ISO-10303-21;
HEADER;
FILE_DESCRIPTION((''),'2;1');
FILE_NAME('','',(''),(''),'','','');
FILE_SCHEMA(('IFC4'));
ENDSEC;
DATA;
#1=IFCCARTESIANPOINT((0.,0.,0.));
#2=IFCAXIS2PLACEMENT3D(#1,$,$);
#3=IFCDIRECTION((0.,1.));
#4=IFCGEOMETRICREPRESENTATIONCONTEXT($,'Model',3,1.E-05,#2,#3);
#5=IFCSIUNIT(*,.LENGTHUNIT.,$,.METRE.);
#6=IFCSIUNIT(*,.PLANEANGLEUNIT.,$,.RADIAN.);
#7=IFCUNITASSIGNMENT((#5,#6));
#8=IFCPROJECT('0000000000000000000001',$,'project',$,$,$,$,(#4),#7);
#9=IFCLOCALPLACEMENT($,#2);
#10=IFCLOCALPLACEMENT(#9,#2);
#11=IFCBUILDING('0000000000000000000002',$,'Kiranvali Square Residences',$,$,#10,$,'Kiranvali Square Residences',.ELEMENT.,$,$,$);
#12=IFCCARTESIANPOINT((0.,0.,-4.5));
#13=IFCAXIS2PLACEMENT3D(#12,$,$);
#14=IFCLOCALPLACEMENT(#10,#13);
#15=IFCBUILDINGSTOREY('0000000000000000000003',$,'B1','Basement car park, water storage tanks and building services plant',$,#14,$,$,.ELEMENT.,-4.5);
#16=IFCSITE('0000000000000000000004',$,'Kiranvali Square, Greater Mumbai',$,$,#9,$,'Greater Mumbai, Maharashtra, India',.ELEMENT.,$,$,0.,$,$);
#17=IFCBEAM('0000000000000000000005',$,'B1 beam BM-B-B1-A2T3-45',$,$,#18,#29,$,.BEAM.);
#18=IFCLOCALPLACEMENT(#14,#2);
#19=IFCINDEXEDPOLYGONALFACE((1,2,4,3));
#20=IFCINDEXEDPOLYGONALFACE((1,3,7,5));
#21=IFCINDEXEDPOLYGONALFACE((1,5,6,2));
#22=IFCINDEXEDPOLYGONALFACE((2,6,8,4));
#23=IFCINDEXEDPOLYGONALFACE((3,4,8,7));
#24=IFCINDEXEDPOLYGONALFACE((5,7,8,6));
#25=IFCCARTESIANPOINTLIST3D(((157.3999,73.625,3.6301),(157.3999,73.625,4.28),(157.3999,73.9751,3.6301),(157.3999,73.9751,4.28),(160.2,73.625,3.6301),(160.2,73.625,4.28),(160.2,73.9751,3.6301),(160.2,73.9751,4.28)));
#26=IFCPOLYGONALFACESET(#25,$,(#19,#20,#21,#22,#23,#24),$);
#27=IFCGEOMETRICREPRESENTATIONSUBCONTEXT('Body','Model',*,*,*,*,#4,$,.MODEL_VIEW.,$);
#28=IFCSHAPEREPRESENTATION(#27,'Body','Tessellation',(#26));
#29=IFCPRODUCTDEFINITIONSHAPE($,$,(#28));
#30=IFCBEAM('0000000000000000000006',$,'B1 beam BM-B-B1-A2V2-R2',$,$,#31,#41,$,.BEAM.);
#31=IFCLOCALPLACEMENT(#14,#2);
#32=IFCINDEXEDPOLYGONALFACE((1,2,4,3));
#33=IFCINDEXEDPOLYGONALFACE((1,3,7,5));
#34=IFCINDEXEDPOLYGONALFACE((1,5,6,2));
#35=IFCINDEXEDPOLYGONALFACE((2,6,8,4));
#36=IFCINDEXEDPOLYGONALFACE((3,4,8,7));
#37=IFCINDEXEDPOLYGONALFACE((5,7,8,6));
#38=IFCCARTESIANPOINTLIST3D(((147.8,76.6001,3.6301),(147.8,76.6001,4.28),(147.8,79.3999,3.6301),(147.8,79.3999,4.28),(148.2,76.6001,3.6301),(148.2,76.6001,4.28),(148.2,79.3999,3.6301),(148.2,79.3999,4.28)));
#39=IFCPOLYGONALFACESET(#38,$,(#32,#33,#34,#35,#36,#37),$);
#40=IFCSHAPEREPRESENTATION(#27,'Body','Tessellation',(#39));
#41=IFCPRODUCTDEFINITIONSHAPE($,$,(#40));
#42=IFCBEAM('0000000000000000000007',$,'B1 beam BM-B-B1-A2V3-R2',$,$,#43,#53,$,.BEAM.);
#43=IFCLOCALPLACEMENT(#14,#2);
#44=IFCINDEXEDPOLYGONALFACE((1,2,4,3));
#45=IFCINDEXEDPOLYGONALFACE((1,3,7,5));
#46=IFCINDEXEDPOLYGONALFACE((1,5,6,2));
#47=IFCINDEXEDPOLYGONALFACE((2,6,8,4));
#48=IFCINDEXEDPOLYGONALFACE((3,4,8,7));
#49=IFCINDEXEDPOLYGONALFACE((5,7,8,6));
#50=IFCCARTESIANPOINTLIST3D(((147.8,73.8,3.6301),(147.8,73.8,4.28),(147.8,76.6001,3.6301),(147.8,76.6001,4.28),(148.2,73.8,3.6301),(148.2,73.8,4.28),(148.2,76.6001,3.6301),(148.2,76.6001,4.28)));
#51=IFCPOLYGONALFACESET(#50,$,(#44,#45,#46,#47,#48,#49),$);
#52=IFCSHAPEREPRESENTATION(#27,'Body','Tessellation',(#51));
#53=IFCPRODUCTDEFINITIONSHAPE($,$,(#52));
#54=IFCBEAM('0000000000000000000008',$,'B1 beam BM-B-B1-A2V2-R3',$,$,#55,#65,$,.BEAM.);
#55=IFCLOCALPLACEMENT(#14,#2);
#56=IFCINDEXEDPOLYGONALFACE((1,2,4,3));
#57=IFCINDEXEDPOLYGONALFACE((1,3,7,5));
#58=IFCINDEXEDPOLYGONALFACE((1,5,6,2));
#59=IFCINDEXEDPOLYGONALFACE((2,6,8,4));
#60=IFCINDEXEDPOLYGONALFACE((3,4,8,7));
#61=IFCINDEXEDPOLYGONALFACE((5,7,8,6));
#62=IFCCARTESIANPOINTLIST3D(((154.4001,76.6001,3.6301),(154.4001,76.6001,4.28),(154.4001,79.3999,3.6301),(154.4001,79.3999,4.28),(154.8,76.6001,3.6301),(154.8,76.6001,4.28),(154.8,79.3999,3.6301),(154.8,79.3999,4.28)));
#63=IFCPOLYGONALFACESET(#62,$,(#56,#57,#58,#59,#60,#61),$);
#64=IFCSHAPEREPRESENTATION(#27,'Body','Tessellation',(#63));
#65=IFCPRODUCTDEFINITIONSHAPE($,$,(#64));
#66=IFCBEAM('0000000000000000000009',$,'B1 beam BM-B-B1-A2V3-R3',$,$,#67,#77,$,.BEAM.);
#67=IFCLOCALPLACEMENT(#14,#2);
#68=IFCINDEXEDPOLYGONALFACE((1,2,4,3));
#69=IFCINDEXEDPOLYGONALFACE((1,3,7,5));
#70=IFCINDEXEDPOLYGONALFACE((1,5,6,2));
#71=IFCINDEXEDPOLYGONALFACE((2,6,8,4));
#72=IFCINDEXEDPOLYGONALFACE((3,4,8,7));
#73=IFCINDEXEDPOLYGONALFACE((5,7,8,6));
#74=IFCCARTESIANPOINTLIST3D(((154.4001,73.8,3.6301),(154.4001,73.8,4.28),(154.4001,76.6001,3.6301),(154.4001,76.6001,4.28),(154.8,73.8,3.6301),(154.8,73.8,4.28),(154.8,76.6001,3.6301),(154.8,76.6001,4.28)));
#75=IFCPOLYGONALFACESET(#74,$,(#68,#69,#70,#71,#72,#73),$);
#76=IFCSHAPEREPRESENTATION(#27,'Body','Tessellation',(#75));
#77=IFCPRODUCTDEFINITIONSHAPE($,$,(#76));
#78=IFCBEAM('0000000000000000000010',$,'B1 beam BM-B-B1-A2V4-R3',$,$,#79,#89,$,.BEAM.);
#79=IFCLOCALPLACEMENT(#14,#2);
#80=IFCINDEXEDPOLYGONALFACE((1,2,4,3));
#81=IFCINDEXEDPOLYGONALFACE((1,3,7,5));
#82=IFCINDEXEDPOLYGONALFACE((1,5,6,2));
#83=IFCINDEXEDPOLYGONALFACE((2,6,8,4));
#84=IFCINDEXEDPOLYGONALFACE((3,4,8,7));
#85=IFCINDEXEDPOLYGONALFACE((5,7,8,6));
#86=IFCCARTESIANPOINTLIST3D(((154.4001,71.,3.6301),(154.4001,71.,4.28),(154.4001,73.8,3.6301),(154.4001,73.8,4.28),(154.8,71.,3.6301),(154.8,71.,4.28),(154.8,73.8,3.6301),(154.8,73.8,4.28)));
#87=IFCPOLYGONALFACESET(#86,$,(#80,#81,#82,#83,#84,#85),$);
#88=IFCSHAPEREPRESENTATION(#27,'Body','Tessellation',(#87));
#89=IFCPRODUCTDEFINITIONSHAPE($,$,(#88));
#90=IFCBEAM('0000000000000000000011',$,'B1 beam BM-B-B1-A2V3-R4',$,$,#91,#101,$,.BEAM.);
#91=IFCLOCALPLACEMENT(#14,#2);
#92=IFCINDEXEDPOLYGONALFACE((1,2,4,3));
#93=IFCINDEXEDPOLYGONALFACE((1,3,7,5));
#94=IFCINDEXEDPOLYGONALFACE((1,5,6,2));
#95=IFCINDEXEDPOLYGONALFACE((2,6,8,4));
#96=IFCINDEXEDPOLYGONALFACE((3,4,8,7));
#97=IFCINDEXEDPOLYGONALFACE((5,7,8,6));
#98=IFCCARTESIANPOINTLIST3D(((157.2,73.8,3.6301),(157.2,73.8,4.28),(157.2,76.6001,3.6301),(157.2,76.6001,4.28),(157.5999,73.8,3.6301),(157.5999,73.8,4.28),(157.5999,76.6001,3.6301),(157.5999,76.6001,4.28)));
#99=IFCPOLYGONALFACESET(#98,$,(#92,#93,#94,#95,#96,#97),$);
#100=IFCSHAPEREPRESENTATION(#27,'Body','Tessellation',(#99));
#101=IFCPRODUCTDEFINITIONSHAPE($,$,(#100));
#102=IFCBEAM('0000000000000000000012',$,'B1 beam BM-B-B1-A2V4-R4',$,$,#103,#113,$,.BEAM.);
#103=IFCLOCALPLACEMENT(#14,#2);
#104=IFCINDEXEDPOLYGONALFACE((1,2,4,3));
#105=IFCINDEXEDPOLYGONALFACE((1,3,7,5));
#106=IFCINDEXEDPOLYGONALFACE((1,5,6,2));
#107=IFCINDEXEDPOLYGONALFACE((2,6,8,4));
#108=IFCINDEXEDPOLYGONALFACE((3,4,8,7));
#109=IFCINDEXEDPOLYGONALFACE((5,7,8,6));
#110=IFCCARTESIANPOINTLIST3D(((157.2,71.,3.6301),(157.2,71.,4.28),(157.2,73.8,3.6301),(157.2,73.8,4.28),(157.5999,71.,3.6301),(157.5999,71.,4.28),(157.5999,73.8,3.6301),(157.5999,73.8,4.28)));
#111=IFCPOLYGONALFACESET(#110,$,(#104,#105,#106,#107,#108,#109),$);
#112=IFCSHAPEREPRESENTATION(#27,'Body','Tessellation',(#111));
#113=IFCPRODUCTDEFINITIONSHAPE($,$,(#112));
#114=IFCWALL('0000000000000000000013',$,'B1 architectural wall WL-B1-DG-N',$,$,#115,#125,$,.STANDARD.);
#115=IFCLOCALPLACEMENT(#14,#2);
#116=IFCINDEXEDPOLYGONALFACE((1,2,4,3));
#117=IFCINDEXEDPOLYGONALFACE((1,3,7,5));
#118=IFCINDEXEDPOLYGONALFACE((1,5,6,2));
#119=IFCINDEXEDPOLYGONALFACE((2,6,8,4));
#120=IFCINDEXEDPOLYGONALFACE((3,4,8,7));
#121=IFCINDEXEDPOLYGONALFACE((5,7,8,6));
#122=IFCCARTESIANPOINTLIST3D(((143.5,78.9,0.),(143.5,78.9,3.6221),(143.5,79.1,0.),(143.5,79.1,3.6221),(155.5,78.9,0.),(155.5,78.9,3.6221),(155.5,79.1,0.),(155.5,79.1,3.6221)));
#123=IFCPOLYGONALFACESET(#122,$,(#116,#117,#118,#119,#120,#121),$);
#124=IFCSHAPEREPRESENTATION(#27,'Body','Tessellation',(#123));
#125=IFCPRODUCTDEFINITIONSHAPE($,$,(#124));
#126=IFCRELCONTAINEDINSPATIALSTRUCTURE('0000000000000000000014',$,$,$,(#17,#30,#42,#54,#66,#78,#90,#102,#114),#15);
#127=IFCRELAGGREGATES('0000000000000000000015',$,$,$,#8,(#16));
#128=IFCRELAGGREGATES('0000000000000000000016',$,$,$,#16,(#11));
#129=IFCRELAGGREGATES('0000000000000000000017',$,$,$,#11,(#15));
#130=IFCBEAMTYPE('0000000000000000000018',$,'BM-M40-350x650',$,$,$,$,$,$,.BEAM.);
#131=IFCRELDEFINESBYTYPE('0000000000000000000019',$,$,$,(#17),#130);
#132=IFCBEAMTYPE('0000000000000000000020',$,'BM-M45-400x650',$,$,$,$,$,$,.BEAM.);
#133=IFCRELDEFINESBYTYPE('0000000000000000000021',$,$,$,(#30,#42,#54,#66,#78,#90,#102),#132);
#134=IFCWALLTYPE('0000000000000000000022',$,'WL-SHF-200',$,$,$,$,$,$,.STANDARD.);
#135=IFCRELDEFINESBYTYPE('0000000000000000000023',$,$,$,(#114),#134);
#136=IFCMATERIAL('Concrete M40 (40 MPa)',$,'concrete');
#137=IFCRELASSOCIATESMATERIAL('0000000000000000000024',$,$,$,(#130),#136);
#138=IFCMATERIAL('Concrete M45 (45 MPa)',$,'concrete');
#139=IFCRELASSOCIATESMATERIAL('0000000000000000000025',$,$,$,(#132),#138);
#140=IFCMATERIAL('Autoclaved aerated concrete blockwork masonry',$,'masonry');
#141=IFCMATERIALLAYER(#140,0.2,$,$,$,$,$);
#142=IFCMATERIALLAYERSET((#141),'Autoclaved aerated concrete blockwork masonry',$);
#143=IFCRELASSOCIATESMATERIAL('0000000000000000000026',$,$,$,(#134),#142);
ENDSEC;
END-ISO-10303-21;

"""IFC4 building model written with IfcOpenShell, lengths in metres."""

from ifc_helpers import new_model, si_unit, direction, frame, frame_2d, origin, origin_2d, place, context, subcontext, project, spatial, rectangle, extrude, material, layer, layer_set, material_profile, profile_set, type_object, element, save


model = new_model("IFC4")

# Units and contexts
model_context = context("Model", 3, precision=1e-05, world=origin(), true_north=direction((0.0, 1.0)))
body_context = subcontext(model_context, "Body", "Model", "MODEL_VIEW")
ifc_project = project(units=[si_unit("LENGTHUNIT", "METRE"), si_unit("PLANEANGLEUNIT", "RADIAN")], contexts=[model_context])

# Site, building, storey
site_placement = place(None, origin())
site = spatial("IfcSite", under=ifc_project, at=site_placement, Name="Kiranvali Square, Greater Mumbai", LongName="Greater Mumbai, Maharashtra, India", CompositionType="ELEMENT", RefElevation=0.0)
building_placement = place(site_placement, origin())
building = spatial("IfcBuilding", under=site, at=building_placement, Name="Kiranvali Square Residences", LongName="Kiranvali Square Residences", CompositionType="ELEMENT")
storey_placement = place(building_placement, frame((0.0, 0.0, -4.5)))
storey = spatial("IfcBuildingStorey", under=building, at=storey_placement, Name="B1", Description="Basement car park, water storage tanks and building services plant", CompositionType="ELEMENT", Elevation=-4.5)

# Shared definitions
ifc_material_1 = material(Name="Concrete M40 (40 MPa)", Category="concrete")

# Shared definitions
ifc_material_2 = material(Name="Concrete M45 (45 MPa)", Category="concrete")

# Beams
ifc_material_profile_1 = material_profile(ifc_material_1, rectangle(XDim=0.3501, YDim=0.6499, at=origin_2d()), Name="RC 350x650")
ifc_profile_set_1 = profile_set([ifc_material_profile_1], Name="Concrete M40 (40 MPa)")
beam_type_1 = type_object("IfcBeamType", Name="BM-M40-350x650", PredefinedType="BEAM", material=ifc_profile_set_1)
beam_1_placement = place(storey_placement, frame((157.3999, 73.8, 3.9551), z_axis=(1.0, 0.0, 0.0), x_axis=(0.0, 1.0, 0.0)))
element("IfcBeam", 1, at=beam_1_placement, inside=storey, type_object=beam_type_1, Name="B1 beam BM-B-B1-A2T3-45", PredefinedType="BEAM", context=body_context, shape_type="SweptSolid", body=[
    extrude(rectangle(XDim=0.3501, YDim=0.6499, at=origin_2d()), origin(), (0.0, 0.0, 1.0), 2.8),
])
ifc_material_profile_2 = material_profile(ifc_material_2, rectangle(XDim=0.3999, YDim=0.6499, at=origin_2d()), Name="RC 400x650")
ifc_profile_set_2 = profile_set([ifc_material_profile_2], Name="Concrete M45 (45 MPa)")
beam_type_2 = type_object("IfcBeamType", Name="BM-M45-400x650", PredefinedType="BEAM", material=ifc_profile_set_2)
beam_2_placement = place(storey_placement, frame((148.0, 79.3999, 3.9551), z_axis=(0.0, -1.0, 0.0), x_axis=(1.0, 0.0, 0.0)))
element("IfcBeam", 2, at=beam_2_placement, inside=storey, type_object=beam_type_2, Name="B1 beam BM-B-B1-A2V2-R2", PredefinedType="BEAM", context=body_context, shape_type="SweptSolid", body=[
    extrude(rectangle(XDim=0.3999, YDim=0.6499, at=origin_2d()), origin(), (0.0, 0.0, 1.0), 2.7998),
])
beam_3_placement = place(storey_placement, frame((148.0, 76.6001, 3.9551), z_axis=(0.0, -1.0, 0.0), x_axis=(1.0, 0.0, 0.0)))
element("IfcBeam", 3, at=beam_3_placement, inside=storey, type_object=beam_type_2, Name="B1 beam BM-B-B1-A2V3-R2", PredefinedType="BEAM", context=body_context, shape_type="SweptSolid", body=[
    extrude(rectangle(XDim=0.3999, YDim=0.6499, at=origin_2d()), origin(), (0.0, 0.0, 1.0), 2.8),
])
beam_4_placement = place(storey_placement, frame((154.6001, 79.3999, 3.9551), z_axis=(0.0, -1.0, 0.0), x_axis=(1.0, 0.0, 0.0)))
element("IfcBeam", 4, at=beam_4_placement, inside=storey, type_object=beam_type_2, Name="B1 beam BM-B-B1-A2V2-R3", PredefinedType="BEAM", context=body_context, shape_type="SweptSolid", body=[
    extrude(rectangle(XDim=0.3999, YDim=0.6499, at=origin_2d()), origin(), (0.0, 0.0, 1.0), 2.7998),
])
for number, where, z_axis, x_axis, name in (
    (5, (154.6001, 76.6001, 3.9551), (0.0, -1.0, 0.0), (1.0, 0.0, 0.0), "B1 beam BM-B-B1-A2V3-R3"),
    (6, (154.6001, 73.8, 3.9551), (0.0, -1.0, 0.0), (1.0, 0.0, 0.0), "B1 beam BM-B-B1-A2V4-R3"),
    (7, (157.3999, 76.6001, 3.9551), (0.0, -1.0, 0.0), (1.0, 0.0, 0.0), "B1 beam BM-B-B1-A2V3-R4"),
    (8, (157.3999, 73.8, 3.9551), (0.0, -1.0, 0.0), (1.0, 0.0, 0.0), "B1 beam BM-B-B1-A2V4-R4"),
):
    element("IfcBeam", number, at=place(storey_placement, frame(where, z_axis=z_axis, x_axis=x_axis)), inside=storey, type_object=beam_type_2, Name=name, PredefinedType="BEAM", context=body_context, shape_type="SweptSolid", body=[
        extrude(rectangle(XDim=0.3999, YDim=0.6499, at=origin_2d()), origin(), (0.0, 0.0, 1.0), 2.8),
    ])

# Wall
ifc_material_3 = material(Name="Autoclaved aerated concrete blockwork masonry", Category="masonry")
ifc_layer = layer(ifc_material_3, 0.2)
ifc_layer_set = layer_set([ifc_layer], Name="Autoclaved aerated concrete blockwork masonry")
wall_type = type_object("IfcWallType", Name="WL-SHF-200", PredefinedType="STANDARD", material=ifc_layer_set)
wall_placement = place(storey_placement, frame((155.5, 79.0, 0.0), z_axis=(0.0, 0.0, 1.0), x_axis=(-1.0, 0.0, 0.0)))
element("IfcWall", 9, at=wall_placement, inside=storey, type_object=wall_type, Name="B1 architectural wall WL-B1-DG-N", PredefinedType="STANDARD", context=body_context, shape_type="SweptSolid", body=[
    extrude(rectangle(XDim=12.0, YDim=0.2, at=frame_2d((6.0, 0.0))), origin(), (0.0, 0.0, 1.0), 3.6221),
])

save(model, "model.ifc")
